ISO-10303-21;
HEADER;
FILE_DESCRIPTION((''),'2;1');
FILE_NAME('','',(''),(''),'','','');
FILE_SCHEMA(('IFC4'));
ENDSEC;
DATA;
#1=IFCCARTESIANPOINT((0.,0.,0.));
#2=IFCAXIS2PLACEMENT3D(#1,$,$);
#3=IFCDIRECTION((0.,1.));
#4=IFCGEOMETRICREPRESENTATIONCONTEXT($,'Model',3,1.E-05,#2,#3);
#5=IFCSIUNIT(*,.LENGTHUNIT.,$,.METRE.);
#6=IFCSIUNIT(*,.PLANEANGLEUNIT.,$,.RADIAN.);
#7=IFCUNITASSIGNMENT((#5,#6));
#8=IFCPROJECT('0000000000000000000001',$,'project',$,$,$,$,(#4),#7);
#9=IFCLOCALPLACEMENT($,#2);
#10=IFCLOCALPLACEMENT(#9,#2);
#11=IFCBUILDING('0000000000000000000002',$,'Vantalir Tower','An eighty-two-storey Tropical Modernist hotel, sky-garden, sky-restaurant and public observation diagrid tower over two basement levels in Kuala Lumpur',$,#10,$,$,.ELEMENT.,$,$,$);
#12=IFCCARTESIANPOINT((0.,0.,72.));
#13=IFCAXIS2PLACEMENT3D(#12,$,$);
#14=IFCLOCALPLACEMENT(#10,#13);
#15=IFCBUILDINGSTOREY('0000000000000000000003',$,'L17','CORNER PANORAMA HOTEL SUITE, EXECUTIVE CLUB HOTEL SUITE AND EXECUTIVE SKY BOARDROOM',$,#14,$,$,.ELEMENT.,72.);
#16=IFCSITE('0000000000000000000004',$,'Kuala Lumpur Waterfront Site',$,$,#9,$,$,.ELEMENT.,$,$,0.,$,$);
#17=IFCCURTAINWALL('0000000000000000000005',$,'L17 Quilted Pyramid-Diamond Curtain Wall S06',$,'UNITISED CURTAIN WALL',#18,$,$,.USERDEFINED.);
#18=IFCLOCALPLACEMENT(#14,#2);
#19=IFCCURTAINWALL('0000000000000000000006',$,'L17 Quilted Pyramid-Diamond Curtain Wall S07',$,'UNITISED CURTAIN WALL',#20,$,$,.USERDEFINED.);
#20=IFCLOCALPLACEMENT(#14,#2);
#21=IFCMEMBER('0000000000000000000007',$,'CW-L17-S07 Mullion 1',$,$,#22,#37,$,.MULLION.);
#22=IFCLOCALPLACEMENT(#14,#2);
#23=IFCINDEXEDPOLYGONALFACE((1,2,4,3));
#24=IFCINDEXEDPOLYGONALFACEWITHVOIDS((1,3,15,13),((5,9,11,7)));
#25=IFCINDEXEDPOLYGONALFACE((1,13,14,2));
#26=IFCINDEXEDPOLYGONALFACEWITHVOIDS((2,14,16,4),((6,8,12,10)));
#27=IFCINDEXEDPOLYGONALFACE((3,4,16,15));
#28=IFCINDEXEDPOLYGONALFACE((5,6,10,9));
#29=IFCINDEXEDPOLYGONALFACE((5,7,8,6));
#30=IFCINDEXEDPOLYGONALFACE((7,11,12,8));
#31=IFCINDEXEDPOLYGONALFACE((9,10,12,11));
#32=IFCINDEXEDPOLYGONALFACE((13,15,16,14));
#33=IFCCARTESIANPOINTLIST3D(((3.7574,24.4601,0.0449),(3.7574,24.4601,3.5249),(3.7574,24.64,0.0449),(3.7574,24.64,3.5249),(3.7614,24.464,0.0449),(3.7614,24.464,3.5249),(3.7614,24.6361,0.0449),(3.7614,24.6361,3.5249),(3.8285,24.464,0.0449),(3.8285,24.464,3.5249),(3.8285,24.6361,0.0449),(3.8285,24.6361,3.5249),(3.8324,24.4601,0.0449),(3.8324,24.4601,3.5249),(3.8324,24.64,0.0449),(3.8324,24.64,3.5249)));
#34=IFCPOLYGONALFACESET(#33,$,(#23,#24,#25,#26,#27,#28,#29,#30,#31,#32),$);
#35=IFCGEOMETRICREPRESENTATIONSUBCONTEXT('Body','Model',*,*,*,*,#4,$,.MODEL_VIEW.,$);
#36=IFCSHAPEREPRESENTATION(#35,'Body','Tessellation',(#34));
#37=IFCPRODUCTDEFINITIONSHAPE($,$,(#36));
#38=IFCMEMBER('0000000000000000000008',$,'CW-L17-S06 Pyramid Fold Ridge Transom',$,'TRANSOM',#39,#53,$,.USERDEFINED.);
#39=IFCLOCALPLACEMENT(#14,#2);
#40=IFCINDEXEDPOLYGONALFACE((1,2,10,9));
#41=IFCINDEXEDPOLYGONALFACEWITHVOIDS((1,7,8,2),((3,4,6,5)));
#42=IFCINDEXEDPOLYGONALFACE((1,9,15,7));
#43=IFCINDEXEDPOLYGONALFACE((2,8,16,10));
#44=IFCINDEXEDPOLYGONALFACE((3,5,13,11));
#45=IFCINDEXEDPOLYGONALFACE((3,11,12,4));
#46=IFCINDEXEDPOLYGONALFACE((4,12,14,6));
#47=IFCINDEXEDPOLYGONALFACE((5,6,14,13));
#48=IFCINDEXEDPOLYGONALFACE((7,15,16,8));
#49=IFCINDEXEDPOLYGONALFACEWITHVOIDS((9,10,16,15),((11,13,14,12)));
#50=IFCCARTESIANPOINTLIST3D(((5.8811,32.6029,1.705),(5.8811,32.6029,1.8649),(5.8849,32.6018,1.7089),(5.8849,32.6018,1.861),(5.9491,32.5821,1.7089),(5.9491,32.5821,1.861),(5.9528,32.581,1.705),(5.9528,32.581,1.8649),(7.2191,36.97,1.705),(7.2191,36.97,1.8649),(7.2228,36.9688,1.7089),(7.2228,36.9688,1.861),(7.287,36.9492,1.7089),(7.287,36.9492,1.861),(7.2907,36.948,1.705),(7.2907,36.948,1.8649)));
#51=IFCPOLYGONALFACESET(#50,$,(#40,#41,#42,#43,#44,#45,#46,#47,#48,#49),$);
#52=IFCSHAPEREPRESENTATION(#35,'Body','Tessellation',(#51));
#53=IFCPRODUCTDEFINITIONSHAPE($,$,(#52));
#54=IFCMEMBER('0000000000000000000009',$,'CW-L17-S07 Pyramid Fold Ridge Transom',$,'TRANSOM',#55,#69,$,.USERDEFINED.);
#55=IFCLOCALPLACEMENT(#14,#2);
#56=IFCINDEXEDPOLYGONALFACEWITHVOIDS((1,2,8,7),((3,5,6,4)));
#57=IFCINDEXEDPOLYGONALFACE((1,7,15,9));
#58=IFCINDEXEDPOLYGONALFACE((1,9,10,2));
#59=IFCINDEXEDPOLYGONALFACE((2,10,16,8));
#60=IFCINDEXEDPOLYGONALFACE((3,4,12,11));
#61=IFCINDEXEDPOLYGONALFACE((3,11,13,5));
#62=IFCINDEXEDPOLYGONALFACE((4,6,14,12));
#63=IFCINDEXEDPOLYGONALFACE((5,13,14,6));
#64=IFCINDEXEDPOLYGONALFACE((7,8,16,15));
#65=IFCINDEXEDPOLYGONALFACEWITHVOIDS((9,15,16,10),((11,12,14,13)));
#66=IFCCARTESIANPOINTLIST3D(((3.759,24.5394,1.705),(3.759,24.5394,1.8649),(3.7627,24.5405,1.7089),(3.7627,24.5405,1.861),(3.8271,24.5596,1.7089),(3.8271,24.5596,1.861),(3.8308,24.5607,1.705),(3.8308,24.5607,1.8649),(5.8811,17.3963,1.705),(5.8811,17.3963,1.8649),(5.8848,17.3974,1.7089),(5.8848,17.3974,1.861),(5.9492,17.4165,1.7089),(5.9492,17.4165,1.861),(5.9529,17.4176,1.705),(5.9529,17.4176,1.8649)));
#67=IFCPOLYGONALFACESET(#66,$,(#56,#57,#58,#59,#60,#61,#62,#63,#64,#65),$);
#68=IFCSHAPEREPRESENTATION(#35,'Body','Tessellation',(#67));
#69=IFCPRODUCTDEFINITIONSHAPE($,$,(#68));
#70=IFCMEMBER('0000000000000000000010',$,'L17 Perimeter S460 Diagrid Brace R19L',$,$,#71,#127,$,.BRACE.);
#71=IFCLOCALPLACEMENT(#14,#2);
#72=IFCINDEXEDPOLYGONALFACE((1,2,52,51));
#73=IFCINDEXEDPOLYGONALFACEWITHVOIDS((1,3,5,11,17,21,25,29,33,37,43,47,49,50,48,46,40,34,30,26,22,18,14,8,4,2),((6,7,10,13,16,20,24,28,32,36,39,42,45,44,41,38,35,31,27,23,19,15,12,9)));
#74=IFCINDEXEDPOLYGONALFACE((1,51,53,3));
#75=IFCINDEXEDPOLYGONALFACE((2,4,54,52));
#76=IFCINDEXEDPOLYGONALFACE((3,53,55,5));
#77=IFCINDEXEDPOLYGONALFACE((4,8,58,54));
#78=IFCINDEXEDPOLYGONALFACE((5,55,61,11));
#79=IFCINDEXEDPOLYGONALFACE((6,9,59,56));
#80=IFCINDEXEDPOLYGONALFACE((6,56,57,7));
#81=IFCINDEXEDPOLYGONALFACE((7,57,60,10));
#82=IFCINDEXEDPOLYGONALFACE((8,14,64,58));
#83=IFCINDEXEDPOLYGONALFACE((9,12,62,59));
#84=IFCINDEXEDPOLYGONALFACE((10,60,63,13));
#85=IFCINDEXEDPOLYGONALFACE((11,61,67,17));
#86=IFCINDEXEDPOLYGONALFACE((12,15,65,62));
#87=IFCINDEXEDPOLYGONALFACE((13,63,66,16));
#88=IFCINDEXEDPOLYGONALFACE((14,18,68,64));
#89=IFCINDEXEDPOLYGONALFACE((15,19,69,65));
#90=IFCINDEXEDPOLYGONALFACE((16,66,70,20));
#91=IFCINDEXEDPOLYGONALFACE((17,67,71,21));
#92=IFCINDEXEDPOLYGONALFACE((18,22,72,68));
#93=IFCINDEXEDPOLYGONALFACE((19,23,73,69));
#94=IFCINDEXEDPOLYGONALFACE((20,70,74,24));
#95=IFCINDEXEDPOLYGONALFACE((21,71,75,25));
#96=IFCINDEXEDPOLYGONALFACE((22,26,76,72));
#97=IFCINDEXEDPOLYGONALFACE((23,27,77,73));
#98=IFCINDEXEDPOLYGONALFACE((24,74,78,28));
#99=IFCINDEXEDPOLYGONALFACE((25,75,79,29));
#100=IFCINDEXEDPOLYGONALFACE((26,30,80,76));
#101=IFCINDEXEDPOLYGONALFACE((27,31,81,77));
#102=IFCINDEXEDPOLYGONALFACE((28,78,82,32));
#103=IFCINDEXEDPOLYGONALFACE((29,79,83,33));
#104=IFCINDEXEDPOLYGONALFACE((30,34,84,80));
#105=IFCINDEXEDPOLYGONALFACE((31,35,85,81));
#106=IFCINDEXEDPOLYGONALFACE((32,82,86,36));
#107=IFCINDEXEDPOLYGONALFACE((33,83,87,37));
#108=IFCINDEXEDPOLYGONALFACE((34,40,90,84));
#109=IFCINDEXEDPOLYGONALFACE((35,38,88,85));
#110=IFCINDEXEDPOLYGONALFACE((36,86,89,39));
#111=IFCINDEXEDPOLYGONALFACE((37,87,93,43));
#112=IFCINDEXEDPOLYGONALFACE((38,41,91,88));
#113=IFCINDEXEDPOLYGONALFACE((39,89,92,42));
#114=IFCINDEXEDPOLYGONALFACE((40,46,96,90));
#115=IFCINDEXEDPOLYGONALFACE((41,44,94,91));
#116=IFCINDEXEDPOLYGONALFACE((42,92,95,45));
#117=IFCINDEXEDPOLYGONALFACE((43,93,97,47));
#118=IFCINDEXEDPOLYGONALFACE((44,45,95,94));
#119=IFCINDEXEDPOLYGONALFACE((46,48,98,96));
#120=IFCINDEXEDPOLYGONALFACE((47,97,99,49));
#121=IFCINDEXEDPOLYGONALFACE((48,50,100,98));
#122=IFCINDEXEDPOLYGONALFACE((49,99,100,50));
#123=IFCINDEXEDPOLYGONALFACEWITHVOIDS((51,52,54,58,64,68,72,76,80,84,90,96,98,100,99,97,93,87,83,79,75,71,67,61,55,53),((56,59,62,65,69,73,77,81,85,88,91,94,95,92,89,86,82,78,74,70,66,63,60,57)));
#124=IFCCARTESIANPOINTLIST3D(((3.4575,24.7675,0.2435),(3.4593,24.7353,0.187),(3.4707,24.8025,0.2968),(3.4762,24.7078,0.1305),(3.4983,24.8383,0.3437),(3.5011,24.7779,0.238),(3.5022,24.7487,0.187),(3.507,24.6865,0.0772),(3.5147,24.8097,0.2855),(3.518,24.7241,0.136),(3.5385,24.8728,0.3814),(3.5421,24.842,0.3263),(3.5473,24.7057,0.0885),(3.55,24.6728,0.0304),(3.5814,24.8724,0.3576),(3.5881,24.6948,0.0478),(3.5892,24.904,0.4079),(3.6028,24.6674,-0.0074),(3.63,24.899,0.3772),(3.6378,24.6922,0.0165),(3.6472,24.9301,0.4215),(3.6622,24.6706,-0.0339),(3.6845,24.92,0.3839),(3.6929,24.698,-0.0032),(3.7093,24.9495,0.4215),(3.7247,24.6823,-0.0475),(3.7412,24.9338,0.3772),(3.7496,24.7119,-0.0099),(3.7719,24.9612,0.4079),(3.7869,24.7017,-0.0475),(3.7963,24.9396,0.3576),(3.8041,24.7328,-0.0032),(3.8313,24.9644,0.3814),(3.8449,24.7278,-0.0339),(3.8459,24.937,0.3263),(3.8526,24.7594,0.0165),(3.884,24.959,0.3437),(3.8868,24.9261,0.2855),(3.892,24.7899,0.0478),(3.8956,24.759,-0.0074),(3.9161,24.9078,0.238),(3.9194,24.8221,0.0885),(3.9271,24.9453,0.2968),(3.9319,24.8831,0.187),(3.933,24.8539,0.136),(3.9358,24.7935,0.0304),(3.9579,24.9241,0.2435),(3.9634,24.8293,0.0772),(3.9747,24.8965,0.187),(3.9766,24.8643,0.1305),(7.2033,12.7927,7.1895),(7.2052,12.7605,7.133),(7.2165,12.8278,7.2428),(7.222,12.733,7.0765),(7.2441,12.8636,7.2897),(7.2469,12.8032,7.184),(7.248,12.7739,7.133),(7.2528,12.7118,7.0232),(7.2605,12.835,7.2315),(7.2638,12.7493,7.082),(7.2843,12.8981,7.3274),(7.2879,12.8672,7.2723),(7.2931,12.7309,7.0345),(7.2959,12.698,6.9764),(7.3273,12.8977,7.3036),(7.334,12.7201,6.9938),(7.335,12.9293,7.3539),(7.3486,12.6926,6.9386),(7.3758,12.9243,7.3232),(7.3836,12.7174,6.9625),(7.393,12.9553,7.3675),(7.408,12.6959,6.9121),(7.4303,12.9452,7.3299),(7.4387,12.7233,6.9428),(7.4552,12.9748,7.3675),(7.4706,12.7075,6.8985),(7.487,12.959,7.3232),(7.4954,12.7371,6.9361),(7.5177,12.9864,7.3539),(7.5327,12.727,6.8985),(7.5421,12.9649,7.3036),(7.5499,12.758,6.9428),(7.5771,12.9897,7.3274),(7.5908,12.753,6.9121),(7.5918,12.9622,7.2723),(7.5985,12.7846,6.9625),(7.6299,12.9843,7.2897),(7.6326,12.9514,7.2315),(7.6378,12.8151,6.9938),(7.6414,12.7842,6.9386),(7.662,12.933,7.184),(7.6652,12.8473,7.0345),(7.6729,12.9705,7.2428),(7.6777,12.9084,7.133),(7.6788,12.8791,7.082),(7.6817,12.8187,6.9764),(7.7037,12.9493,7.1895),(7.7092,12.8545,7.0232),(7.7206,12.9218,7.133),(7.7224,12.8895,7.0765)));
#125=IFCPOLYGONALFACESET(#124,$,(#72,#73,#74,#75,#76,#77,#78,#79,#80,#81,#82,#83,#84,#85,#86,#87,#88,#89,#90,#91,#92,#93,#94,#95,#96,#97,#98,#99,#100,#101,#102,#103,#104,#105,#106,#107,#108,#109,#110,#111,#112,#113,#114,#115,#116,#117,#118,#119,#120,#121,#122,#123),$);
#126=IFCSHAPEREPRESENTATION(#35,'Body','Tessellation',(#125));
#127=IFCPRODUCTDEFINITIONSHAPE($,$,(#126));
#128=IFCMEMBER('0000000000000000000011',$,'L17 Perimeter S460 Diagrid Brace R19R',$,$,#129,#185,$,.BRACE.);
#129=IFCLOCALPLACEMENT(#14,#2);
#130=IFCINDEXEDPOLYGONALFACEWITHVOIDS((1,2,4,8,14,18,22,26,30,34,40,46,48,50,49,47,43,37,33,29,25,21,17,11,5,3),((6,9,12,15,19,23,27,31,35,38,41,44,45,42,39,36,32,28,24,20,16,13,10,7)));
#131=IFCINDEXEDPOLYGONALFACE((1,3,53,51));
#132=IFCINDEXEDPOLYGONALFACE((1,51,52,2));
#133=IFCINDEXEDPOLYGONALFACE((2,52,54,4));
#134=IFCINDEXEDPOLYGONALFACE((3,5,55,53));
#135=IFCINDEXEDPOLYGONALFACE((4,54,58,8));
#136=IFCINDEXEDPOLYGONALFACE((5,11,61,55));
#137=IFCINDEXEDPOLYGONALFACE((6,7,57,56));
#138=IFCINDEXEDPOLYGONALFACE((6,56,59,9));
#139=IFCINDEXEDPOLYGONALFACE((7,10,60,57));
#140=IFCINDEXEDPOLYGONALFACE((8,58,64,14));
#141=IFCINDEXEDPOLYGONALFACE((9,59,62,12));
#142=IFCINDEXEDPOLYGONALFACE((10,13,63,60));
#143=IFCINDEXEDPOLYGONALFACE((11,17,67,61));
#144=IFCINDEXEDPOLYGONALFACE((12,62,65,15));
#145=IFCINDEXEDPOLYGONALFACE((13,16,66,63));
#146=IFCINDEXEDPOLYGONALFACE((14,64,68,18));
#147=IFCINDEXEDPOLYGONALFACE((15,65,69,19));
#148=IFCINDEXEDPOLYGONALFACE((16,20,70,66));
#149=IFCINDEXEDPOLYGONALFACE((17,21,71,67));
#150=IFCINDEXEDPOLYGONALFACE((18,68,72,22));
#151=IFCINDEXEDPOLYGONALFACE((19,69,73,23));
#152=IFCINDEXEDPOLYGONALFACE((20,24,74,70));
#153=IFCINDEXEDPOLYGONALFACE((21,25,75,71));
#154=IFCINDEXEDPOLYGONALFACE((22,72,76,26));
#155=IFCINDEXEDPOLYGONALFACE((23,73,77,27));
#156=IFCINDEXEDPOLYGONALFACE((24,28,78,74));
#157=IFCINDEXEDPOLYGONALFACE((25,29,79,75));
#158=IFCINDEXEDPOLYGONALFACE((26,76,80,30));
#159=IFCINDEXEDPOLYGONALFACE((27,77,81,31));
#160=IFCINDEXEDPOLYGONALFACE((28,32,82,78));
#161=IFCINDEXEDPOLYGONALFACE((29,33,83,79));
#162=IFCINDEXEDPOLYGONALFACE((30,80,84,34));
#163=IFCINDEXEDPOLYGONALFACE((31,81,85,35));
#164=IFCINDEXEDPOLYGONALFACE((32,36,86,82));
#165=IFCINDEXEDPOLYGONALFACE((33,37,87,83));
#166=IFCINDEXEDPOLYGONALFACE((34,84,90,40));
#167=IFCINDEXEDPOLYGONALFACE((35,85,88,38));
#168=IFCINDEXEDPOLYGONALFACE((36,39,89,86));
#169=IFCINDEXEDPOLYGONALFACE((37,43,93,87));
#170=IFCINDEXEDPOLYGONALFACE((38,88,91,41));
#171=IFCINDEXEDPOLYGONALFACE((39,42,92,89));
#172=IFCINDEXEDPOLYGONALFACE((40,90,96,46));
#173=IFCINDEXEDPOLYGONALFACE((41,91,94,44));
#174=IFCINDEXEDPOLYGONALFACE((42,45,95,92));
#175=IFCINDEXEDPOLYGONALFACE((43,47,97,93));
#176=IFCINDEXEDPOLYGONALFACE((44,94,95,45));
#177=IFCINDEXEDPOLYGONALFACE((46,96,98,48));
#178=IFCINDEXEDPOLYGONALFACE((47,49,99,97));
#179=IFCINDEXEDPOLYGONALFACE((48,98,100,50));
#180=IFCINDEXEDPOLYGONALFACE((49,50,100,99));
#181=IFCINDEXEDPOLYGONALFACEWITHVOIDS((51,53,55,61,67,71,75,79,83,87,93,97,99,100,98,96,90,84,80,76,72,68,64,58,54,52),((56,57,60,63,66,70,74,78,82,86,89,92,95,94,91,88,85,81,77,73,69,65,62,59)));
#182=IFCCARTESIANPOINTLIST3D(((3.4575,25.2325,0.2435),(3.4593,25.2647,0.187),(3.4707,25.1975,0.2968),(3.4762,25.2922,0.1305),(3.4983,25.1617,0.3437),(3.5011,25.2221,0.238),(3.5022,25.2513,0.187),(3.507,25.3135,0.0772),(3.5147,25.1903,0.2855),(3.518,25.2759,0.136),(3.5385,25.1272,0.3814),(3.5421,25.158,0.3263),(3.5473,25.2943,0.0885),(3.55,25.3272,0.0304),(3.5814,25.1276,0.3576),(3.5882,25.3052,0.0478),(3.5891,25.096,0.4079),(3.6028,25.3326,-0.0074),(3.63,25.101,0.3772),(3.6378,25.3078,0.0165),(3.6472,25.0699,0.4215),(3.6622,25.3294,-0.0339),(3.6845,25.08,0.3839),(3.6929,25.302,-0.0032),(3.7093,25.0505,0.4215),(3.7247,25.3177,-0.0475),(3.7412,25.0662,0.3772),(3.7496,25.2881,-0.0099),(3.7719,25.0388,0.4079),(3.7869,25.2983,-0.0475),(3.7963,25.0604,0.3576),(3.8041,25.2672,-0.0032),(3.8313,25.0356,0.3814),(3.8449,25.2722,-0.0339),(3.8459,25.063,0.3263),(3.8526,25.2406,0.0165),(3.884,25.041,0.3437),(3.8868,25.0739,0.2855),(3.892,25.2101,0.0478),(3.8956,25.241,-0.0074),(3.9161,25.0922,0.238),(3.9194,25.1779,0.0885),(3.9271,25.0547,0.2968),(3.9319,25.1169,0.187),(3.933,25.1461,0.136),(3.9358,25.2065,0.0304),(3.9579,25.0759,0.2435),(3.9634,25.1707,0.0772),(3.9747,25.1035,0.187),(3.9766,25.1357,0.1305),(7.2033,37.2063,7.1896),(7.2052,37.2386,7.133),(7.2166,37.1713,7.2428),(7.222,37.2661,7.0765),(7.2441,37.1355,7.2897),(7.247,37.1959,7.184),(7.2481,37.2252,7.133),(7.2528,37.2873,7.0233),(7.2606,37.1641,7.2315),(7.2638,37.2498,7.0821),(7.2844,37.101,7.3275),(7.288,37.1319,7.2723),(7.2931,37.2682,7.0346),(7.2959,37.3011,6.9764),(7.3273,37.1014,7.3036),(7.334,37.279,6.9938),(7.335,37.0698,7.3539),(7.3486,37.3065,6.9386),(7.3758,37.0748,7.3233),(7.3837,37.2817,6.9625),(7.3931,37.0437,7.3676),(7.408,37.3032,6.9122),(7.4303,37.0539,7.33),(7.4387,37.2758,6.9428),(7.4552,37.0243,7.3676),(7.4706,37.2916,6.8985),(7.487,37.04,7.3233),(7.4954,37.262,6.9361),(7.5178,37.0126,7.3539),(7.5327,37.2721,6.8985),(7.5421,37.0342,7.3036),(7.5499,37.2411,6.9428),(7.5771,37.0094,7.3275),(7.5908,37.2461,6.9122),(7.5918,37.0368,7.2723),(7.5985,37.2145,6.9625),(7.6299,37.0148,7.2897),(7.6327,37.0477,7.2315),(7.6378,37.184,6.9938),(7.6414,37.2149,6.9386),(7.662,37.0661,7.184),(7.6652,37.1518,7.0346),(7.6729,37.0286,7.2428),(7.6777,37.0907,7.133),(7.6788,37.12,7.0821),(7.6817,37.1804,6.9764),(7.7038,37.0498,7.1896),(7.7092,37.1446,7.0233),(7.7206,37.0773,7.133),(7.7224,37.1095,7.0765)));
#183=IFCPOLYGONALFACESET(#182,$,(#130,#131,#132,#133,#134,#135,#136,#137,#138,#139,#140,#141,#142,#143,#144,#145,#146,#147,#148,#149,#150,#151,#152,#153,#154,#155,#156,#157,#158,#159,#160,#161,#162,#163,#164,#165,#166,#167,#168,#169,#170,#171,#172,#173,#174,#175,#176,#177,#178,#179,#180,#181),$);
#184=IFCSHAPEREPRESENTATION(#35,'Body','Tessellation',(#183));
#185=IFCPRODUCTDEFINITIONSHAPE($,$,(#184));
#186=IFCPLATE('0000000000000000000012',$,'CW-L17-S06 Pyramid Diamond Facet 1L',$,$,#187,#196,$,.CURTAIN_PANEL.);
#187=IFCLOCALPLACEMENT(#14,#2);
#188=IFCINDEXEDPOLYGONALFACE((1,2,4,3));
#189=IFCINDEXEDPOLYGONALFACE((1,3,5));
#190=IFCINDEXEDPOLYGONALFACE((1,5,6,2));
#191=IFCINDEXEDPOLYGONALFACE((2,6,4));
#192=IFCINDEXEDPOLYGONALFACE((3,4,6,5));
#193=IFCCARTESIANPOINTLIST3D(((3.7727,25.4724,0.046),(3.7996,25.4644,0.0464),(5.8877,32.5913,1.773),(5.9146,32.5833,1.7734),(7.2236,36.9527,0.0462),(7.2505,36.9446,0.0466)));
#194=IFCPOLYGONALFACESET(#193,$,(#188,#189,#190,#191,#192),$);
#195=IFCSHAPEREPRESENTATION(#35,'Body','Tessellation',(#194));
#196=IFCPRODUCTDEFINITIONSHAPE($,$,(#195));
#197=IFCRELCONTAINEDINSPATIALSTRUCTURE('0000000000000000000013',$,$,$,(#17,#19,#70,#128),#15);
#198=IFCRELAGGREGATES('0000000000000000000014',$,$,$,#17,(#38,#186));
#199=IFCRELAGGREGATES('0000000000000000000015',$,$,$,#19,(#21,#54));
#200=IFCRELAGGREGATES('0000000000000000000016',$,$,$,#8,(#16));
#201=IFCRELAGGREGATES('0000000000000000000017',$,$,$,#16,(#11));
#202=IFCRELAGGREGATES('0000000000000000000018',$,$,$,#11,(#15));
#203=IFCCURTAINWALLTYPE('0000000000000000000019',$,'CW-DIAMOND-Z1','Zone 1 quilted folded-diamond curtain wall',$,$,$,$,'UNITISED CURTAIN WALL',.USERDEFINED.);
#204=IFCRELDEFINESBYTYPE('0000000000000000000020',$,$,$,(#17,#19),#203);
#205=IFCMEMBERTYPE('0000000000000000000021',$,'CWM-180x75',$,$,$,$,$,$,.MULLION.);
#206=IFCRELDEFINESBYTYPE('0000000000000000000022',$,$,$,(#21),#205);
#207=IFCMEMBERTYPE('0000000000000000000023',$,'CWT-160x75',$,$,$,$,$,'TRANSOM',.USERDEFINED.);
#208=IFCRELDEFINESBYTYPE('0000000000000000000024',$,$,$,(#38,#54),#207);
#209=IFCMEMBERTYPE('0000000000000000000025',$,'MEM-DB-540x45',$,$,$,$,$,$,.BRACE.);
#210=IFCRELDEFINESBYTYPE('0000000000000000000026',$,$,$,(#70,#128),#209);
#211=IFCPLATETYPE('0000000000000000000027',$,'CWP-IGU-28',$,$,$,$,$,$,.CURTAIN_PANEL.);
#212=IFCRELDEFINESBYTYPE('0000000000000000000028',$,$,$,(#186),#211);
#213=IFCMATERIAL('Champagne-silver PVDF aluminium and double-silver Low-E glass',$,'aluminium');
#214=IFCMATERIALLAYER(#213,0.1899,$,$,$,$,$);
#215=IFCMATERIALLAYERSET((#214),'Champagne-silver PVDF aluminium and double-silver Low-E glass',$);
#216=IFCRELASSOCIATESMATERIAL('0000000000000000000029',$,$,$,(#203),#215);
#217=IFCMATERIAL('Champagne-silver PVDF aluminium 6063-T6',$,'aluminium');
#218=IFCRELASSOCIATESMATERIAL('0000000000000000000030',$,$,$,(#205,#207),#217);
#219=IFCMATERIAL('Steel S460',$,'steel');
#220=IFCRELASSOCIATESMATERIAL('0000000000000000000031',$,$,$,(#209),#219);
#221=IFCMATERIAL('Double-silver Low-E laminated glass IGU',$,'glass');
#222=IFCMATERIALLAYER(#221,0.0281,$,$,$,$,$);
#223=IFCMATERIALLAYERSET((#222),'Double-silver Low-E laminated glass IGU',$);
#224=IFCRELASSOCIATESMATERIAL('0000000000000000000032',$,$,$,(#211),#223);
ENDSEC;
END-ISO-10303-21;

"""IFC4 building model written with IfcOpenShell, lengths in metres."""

from ifc_helpers import new_model, si_unit, direction, frame, origin, origin_2d, place, context, subcontext, project, spatial, polyline, hollow_rectangle, hollow_circle, outline, extrude, material, layer, layer_set, material_profile, profile_set, type_object, element, aggregate, save


model = new_model("IFC4")

# Units and contexts
model_context = context("Model", 3, precision=1e-05, world=origin(), true_north=direction((0.0, 1.0)))
body_context = subcontext(model_context, "Body", "Model", "MODEL_VIEW")
ifc_project = project(units=[si_unit("LENGTHUNIT", "METRE"), si_unit("PLANEANGLEUNIT", "RADIAN")], contexts=[model_context])

# Site, building, storey
site_placement = place(None, origin())
site = spatial("IfcSite", under=ifc_project, at=site_placement, Name="Kuala Lumpur Waterfront Site", CompositionType="ELEMENT", RefElevation=0.0)
building_placement = place(site_placement, origin())
building = spatial("IfcBuilding", under=site, at=building_placement, Name="Vantalir Tower", Description="An eighty-two-storey Tropical Modernist hotel, sky-garden, sky-restaurant and public observation diagrid tower over two basement levels in Kuala Lumpur", CompositionType="ELEMENT")
storey_placement = place(building_placement, frame((0.0, 0.0, 72.0)))
storey = spatial("IfcBuildingStorey", under=building, at=storey_placement, Name="L17", Description="CORNER PANORAMA HOTEL SUITE, EXECUTIVE CLUB HOTEL SUITE AND EXECUTIVE SKY BOARDROOM", CompositionType="ELEMENT", Elevation=72.0)

# Shared definitions
ifc_material_1 = material(Name="Steel S460", Category="steel")

# Curtain wall
ifc_material_2 = material(Name="Champagne-silver PVDF aluminium and double-silver Low-E glass", Category="aluminium")
ifc_layer_1 = layer(ifc_material_2, 0.1899)
ifc_layer_set_1 = layer_set([ifc_layer_1], Name="Champagne-silver PVDF aluminium and double-silver Low-E glass")
curtain_wall_type = type_object("IfcCurtainWallType", Name="CW-DIAMOND-Z1", Description="Zone 1 quilted folded-diamond curtain wall", ElementType="UNITISED CURTAIN WALL", PredefinedType="USERDEFINED", material=ifc_layer_set_1)
curtain_wall_1_placement = place(storey_placement, origin())
curtain_wall_1 = element("IfcCurtainWall", 1, at=curtain_wall_1_placement, inside=storey, type_object=curtain_wall_type, Name="L17 Quilted Pyramid-Diamond Curtain Wall S06", ObjectType="UNITISED CURTAIN WALL", PredefinedType="USERDEFINED")
ifc_material_3 = material(Name="Champagne-silver PVDF aluminium 6063-T6", Category="aluminium")
ifc_material_profile_1 = material_profile(ifc_material_3, hollow_rectangle(XDim=0.075, YDim=0.1799, WallThickness=0.0039, at=origin_2d()), Name="Champagne-silver PVDF aluminium 6063-T6")
ifc_profile_set_1 = profile_set([ifc_material_profile_1], Name="Champagne-silver PVDF aluminium 6063-T6")
member_type_1 = type_object("IfcMemberType", Name="CWM-180x75", PredefinedType="MULLION", material=ifc_profile_set_1)

# Curtain wall, member
curtain_wall_2_placement = place(storey_placement, origin())
curtain_wall_2 = element("IfcCurtainWall", 2, at=curtain_wall_2_placement, inside=storey, type_object=curtain_wall_type, Name="L17 Quilted Pyramid-Diamond Curtain Wall S07", ObjectType="UNITISED CURTAIN WALL", PredefinedType="USERDEFINED")
member_1_placement = place(storey_placement, frame((3.7949, 24.55, 0.0449), z_axis=(0.0, 0.0, 1.0), x_axis=(1.0, 0.0, 0.0)))
member_1 = element("IfcMember", 3, at=member_1_placement, type_object=member_type_1, Name="CW-L17-S07 Mullion 1", PredefinedType="MULLION", context=body_context, shape_type="SweptSolid", body=[
    extrude(hollow_rectangle(XDim=0.075, YDim=0.1799, WallThickness=0.0039, at=origin_2d()), origin(), (0.0, 0.0, 1.0), 3.48),
])

# Members
ifc_material_profile_2 = material_profile(ifc_material_3, hollow_rectangle(XDim=0.075, YDim=0.1599, WallThickness=0.0039, at=origin_2d()), Name="Champagne-silver PVDF aluminium 6063-T6")
ifc_profile_set_2 = profile_set([ifc_material_profile_2], Name="Champagne-silver PVDF aluminium 6063-T6")
member_type_2 = type_object("IfcMemberType", Name="CWT-160x75", ElementType="TRANSOM", PredefinedType="USERDEFINED", material=ifc_profile_set_2)
member_2_placement = place(storey_placement, frame((7.2549, 36.959, 1.7849), z_axis=(-0.292929, -0.956134, 0.0), x_axis=(0.956134, -0.292929, 0.0)))
member_2 = element("IfcMember", 4, at=member_2_placement, type_object=member_type_2, Name="CW-L17-S06 Pyramid Fold Ridge Transom", ObjectType="TRANSOM", PredefinedType="USERDEFINED", context=body_context, shape_type="SweptSolid", body=[
    extrude(hollow_rectangle(XDim=0.075, YDim=0.1599, WallThickness=0.0039, at=origin_2d()), origin(), (0.0, 0.0, 1.0), 4.5674),
])
member_3_placement = place(storey_placement, frame((3.7949, 24.55, 1.7849), z_axis=(0.28478, -0.958593, 0.0), x_axis=(0.958593, 0.28478, 0.0)))
member_3 = element("IfcMember", 5, at=member_3_placement, type_object=member_type_2, Name="CW-L17-S07 Pyramid Fold Ridge Transom", ObjectType="TRANSOM", PredefinedType="USERDEFINED", context=body_context, shape_type="SweptSolid", body=[
    extrude(hollow_rectangle(XDim=0.075, YDim=0.1599, WallThickness=0.0039, at=origin_2d()), origin(), (0.0, 0.0, 1.0), 7.4517),
])

# Members
ifc_material_profile_3 = material_profile(ifc_material_1, hollow_circle(Radius=0.27, WallThickness=0.0449, at=origin_2d()), Name="Steel S460")
ifc_profile_set_3 = profile_set([ifc_material_profile_3], Name="Steel S460")
member_type_3 = type_object("IfcMemberType", Name="MEM-DB-540x45", PredefinedType="BRACE", material=ifc_profile_set_3)
member_4_placement = place(storey_placement, frame((3.717, 24.8159, 0.187), z_axis=(0.261191, -0.834984, 0.484335), x_axis=(0.954396, 0.298544, 0.0)))
element("IfcMember", 6, at=member_4_placement, inside=storey, type_object=member_type_3, Name="L17 Perimeter S460 Diagrid Brace R19L", PredefinedType="BRACE", context=body_context, shape_type="SweptSolid", body=[
    extrude(hollow_circle(Radius=0.27, WallThickness=0.0449, at=origin_2d()), origin(), (0.0, 0.0, 1.0), 14.3413),
])
member_5_placement = place(storey_placement, frame((3.717, 25.1841, 0.187), z_axis=(0.261206, 0.834964, 0.484362), x_axis=(-0.954389, 0.298566, 0.0)))
element("IfcMember", 7, at=member_5_placement, inside=storey, type_object=member_type_3, Name="L17 Perimeter S460 Diagrid Brace R19R", PredefinedType="BRACE", context=body_context, shape_type="SweptSolid", body=[
    extrude(hollow_circle(Radius=0.27, WallThickness=0.0449, at=origin_2d()), origin(), (0.0, 0.0, 1.0), 14.3406),
])

# Plate
ifc_material_4 = material(Name="Double-silver Low-E laminated glass IGU", Category="glass")
ifc_layer_2 = layer(ifc_material_4, 0.0281)
ifc_layer_set_2 = layer_set([ifc_layer_2], Name="Double-silver Low-E laminated glass IGU")
plate_type_1 = type_object("IfcPlateType", Name="CWP-IGU-28", PredefinedType="CURTAIN_PANEL", material=ifc_layer_set_2)
plate_1_placement = place(storey_placement, frame((7.2505, 36.9446, 0.0466), z_axis=(0.957577, -0.287846, 0.013825), x_axis=(-0.287873, -0.957669, -0.00002)))
plate_1 = element("IfcPlate", 8, at=plate_1_placement, type_object=plate_type_1, Name="CW-L17-S06 Pyramid Diamond Facet 1L", PredefinedType="CURTAIN_PANEL", context=body_context, shape_type="SweptSolid", body=[
    extrude(outline(polyline([(0.0, 0.0), (11.9877, 0.0), (4.5613, -1.7271), (0.0, 0.0)])), origin(), (0.0, 0.0, -1.0), 0.0281),
])
aggregate(curtain_wall_1, [member_2, plate_1])
aggregate(curtain_wall_2, [member_1, member_3])

save(model, "model.ifc")
